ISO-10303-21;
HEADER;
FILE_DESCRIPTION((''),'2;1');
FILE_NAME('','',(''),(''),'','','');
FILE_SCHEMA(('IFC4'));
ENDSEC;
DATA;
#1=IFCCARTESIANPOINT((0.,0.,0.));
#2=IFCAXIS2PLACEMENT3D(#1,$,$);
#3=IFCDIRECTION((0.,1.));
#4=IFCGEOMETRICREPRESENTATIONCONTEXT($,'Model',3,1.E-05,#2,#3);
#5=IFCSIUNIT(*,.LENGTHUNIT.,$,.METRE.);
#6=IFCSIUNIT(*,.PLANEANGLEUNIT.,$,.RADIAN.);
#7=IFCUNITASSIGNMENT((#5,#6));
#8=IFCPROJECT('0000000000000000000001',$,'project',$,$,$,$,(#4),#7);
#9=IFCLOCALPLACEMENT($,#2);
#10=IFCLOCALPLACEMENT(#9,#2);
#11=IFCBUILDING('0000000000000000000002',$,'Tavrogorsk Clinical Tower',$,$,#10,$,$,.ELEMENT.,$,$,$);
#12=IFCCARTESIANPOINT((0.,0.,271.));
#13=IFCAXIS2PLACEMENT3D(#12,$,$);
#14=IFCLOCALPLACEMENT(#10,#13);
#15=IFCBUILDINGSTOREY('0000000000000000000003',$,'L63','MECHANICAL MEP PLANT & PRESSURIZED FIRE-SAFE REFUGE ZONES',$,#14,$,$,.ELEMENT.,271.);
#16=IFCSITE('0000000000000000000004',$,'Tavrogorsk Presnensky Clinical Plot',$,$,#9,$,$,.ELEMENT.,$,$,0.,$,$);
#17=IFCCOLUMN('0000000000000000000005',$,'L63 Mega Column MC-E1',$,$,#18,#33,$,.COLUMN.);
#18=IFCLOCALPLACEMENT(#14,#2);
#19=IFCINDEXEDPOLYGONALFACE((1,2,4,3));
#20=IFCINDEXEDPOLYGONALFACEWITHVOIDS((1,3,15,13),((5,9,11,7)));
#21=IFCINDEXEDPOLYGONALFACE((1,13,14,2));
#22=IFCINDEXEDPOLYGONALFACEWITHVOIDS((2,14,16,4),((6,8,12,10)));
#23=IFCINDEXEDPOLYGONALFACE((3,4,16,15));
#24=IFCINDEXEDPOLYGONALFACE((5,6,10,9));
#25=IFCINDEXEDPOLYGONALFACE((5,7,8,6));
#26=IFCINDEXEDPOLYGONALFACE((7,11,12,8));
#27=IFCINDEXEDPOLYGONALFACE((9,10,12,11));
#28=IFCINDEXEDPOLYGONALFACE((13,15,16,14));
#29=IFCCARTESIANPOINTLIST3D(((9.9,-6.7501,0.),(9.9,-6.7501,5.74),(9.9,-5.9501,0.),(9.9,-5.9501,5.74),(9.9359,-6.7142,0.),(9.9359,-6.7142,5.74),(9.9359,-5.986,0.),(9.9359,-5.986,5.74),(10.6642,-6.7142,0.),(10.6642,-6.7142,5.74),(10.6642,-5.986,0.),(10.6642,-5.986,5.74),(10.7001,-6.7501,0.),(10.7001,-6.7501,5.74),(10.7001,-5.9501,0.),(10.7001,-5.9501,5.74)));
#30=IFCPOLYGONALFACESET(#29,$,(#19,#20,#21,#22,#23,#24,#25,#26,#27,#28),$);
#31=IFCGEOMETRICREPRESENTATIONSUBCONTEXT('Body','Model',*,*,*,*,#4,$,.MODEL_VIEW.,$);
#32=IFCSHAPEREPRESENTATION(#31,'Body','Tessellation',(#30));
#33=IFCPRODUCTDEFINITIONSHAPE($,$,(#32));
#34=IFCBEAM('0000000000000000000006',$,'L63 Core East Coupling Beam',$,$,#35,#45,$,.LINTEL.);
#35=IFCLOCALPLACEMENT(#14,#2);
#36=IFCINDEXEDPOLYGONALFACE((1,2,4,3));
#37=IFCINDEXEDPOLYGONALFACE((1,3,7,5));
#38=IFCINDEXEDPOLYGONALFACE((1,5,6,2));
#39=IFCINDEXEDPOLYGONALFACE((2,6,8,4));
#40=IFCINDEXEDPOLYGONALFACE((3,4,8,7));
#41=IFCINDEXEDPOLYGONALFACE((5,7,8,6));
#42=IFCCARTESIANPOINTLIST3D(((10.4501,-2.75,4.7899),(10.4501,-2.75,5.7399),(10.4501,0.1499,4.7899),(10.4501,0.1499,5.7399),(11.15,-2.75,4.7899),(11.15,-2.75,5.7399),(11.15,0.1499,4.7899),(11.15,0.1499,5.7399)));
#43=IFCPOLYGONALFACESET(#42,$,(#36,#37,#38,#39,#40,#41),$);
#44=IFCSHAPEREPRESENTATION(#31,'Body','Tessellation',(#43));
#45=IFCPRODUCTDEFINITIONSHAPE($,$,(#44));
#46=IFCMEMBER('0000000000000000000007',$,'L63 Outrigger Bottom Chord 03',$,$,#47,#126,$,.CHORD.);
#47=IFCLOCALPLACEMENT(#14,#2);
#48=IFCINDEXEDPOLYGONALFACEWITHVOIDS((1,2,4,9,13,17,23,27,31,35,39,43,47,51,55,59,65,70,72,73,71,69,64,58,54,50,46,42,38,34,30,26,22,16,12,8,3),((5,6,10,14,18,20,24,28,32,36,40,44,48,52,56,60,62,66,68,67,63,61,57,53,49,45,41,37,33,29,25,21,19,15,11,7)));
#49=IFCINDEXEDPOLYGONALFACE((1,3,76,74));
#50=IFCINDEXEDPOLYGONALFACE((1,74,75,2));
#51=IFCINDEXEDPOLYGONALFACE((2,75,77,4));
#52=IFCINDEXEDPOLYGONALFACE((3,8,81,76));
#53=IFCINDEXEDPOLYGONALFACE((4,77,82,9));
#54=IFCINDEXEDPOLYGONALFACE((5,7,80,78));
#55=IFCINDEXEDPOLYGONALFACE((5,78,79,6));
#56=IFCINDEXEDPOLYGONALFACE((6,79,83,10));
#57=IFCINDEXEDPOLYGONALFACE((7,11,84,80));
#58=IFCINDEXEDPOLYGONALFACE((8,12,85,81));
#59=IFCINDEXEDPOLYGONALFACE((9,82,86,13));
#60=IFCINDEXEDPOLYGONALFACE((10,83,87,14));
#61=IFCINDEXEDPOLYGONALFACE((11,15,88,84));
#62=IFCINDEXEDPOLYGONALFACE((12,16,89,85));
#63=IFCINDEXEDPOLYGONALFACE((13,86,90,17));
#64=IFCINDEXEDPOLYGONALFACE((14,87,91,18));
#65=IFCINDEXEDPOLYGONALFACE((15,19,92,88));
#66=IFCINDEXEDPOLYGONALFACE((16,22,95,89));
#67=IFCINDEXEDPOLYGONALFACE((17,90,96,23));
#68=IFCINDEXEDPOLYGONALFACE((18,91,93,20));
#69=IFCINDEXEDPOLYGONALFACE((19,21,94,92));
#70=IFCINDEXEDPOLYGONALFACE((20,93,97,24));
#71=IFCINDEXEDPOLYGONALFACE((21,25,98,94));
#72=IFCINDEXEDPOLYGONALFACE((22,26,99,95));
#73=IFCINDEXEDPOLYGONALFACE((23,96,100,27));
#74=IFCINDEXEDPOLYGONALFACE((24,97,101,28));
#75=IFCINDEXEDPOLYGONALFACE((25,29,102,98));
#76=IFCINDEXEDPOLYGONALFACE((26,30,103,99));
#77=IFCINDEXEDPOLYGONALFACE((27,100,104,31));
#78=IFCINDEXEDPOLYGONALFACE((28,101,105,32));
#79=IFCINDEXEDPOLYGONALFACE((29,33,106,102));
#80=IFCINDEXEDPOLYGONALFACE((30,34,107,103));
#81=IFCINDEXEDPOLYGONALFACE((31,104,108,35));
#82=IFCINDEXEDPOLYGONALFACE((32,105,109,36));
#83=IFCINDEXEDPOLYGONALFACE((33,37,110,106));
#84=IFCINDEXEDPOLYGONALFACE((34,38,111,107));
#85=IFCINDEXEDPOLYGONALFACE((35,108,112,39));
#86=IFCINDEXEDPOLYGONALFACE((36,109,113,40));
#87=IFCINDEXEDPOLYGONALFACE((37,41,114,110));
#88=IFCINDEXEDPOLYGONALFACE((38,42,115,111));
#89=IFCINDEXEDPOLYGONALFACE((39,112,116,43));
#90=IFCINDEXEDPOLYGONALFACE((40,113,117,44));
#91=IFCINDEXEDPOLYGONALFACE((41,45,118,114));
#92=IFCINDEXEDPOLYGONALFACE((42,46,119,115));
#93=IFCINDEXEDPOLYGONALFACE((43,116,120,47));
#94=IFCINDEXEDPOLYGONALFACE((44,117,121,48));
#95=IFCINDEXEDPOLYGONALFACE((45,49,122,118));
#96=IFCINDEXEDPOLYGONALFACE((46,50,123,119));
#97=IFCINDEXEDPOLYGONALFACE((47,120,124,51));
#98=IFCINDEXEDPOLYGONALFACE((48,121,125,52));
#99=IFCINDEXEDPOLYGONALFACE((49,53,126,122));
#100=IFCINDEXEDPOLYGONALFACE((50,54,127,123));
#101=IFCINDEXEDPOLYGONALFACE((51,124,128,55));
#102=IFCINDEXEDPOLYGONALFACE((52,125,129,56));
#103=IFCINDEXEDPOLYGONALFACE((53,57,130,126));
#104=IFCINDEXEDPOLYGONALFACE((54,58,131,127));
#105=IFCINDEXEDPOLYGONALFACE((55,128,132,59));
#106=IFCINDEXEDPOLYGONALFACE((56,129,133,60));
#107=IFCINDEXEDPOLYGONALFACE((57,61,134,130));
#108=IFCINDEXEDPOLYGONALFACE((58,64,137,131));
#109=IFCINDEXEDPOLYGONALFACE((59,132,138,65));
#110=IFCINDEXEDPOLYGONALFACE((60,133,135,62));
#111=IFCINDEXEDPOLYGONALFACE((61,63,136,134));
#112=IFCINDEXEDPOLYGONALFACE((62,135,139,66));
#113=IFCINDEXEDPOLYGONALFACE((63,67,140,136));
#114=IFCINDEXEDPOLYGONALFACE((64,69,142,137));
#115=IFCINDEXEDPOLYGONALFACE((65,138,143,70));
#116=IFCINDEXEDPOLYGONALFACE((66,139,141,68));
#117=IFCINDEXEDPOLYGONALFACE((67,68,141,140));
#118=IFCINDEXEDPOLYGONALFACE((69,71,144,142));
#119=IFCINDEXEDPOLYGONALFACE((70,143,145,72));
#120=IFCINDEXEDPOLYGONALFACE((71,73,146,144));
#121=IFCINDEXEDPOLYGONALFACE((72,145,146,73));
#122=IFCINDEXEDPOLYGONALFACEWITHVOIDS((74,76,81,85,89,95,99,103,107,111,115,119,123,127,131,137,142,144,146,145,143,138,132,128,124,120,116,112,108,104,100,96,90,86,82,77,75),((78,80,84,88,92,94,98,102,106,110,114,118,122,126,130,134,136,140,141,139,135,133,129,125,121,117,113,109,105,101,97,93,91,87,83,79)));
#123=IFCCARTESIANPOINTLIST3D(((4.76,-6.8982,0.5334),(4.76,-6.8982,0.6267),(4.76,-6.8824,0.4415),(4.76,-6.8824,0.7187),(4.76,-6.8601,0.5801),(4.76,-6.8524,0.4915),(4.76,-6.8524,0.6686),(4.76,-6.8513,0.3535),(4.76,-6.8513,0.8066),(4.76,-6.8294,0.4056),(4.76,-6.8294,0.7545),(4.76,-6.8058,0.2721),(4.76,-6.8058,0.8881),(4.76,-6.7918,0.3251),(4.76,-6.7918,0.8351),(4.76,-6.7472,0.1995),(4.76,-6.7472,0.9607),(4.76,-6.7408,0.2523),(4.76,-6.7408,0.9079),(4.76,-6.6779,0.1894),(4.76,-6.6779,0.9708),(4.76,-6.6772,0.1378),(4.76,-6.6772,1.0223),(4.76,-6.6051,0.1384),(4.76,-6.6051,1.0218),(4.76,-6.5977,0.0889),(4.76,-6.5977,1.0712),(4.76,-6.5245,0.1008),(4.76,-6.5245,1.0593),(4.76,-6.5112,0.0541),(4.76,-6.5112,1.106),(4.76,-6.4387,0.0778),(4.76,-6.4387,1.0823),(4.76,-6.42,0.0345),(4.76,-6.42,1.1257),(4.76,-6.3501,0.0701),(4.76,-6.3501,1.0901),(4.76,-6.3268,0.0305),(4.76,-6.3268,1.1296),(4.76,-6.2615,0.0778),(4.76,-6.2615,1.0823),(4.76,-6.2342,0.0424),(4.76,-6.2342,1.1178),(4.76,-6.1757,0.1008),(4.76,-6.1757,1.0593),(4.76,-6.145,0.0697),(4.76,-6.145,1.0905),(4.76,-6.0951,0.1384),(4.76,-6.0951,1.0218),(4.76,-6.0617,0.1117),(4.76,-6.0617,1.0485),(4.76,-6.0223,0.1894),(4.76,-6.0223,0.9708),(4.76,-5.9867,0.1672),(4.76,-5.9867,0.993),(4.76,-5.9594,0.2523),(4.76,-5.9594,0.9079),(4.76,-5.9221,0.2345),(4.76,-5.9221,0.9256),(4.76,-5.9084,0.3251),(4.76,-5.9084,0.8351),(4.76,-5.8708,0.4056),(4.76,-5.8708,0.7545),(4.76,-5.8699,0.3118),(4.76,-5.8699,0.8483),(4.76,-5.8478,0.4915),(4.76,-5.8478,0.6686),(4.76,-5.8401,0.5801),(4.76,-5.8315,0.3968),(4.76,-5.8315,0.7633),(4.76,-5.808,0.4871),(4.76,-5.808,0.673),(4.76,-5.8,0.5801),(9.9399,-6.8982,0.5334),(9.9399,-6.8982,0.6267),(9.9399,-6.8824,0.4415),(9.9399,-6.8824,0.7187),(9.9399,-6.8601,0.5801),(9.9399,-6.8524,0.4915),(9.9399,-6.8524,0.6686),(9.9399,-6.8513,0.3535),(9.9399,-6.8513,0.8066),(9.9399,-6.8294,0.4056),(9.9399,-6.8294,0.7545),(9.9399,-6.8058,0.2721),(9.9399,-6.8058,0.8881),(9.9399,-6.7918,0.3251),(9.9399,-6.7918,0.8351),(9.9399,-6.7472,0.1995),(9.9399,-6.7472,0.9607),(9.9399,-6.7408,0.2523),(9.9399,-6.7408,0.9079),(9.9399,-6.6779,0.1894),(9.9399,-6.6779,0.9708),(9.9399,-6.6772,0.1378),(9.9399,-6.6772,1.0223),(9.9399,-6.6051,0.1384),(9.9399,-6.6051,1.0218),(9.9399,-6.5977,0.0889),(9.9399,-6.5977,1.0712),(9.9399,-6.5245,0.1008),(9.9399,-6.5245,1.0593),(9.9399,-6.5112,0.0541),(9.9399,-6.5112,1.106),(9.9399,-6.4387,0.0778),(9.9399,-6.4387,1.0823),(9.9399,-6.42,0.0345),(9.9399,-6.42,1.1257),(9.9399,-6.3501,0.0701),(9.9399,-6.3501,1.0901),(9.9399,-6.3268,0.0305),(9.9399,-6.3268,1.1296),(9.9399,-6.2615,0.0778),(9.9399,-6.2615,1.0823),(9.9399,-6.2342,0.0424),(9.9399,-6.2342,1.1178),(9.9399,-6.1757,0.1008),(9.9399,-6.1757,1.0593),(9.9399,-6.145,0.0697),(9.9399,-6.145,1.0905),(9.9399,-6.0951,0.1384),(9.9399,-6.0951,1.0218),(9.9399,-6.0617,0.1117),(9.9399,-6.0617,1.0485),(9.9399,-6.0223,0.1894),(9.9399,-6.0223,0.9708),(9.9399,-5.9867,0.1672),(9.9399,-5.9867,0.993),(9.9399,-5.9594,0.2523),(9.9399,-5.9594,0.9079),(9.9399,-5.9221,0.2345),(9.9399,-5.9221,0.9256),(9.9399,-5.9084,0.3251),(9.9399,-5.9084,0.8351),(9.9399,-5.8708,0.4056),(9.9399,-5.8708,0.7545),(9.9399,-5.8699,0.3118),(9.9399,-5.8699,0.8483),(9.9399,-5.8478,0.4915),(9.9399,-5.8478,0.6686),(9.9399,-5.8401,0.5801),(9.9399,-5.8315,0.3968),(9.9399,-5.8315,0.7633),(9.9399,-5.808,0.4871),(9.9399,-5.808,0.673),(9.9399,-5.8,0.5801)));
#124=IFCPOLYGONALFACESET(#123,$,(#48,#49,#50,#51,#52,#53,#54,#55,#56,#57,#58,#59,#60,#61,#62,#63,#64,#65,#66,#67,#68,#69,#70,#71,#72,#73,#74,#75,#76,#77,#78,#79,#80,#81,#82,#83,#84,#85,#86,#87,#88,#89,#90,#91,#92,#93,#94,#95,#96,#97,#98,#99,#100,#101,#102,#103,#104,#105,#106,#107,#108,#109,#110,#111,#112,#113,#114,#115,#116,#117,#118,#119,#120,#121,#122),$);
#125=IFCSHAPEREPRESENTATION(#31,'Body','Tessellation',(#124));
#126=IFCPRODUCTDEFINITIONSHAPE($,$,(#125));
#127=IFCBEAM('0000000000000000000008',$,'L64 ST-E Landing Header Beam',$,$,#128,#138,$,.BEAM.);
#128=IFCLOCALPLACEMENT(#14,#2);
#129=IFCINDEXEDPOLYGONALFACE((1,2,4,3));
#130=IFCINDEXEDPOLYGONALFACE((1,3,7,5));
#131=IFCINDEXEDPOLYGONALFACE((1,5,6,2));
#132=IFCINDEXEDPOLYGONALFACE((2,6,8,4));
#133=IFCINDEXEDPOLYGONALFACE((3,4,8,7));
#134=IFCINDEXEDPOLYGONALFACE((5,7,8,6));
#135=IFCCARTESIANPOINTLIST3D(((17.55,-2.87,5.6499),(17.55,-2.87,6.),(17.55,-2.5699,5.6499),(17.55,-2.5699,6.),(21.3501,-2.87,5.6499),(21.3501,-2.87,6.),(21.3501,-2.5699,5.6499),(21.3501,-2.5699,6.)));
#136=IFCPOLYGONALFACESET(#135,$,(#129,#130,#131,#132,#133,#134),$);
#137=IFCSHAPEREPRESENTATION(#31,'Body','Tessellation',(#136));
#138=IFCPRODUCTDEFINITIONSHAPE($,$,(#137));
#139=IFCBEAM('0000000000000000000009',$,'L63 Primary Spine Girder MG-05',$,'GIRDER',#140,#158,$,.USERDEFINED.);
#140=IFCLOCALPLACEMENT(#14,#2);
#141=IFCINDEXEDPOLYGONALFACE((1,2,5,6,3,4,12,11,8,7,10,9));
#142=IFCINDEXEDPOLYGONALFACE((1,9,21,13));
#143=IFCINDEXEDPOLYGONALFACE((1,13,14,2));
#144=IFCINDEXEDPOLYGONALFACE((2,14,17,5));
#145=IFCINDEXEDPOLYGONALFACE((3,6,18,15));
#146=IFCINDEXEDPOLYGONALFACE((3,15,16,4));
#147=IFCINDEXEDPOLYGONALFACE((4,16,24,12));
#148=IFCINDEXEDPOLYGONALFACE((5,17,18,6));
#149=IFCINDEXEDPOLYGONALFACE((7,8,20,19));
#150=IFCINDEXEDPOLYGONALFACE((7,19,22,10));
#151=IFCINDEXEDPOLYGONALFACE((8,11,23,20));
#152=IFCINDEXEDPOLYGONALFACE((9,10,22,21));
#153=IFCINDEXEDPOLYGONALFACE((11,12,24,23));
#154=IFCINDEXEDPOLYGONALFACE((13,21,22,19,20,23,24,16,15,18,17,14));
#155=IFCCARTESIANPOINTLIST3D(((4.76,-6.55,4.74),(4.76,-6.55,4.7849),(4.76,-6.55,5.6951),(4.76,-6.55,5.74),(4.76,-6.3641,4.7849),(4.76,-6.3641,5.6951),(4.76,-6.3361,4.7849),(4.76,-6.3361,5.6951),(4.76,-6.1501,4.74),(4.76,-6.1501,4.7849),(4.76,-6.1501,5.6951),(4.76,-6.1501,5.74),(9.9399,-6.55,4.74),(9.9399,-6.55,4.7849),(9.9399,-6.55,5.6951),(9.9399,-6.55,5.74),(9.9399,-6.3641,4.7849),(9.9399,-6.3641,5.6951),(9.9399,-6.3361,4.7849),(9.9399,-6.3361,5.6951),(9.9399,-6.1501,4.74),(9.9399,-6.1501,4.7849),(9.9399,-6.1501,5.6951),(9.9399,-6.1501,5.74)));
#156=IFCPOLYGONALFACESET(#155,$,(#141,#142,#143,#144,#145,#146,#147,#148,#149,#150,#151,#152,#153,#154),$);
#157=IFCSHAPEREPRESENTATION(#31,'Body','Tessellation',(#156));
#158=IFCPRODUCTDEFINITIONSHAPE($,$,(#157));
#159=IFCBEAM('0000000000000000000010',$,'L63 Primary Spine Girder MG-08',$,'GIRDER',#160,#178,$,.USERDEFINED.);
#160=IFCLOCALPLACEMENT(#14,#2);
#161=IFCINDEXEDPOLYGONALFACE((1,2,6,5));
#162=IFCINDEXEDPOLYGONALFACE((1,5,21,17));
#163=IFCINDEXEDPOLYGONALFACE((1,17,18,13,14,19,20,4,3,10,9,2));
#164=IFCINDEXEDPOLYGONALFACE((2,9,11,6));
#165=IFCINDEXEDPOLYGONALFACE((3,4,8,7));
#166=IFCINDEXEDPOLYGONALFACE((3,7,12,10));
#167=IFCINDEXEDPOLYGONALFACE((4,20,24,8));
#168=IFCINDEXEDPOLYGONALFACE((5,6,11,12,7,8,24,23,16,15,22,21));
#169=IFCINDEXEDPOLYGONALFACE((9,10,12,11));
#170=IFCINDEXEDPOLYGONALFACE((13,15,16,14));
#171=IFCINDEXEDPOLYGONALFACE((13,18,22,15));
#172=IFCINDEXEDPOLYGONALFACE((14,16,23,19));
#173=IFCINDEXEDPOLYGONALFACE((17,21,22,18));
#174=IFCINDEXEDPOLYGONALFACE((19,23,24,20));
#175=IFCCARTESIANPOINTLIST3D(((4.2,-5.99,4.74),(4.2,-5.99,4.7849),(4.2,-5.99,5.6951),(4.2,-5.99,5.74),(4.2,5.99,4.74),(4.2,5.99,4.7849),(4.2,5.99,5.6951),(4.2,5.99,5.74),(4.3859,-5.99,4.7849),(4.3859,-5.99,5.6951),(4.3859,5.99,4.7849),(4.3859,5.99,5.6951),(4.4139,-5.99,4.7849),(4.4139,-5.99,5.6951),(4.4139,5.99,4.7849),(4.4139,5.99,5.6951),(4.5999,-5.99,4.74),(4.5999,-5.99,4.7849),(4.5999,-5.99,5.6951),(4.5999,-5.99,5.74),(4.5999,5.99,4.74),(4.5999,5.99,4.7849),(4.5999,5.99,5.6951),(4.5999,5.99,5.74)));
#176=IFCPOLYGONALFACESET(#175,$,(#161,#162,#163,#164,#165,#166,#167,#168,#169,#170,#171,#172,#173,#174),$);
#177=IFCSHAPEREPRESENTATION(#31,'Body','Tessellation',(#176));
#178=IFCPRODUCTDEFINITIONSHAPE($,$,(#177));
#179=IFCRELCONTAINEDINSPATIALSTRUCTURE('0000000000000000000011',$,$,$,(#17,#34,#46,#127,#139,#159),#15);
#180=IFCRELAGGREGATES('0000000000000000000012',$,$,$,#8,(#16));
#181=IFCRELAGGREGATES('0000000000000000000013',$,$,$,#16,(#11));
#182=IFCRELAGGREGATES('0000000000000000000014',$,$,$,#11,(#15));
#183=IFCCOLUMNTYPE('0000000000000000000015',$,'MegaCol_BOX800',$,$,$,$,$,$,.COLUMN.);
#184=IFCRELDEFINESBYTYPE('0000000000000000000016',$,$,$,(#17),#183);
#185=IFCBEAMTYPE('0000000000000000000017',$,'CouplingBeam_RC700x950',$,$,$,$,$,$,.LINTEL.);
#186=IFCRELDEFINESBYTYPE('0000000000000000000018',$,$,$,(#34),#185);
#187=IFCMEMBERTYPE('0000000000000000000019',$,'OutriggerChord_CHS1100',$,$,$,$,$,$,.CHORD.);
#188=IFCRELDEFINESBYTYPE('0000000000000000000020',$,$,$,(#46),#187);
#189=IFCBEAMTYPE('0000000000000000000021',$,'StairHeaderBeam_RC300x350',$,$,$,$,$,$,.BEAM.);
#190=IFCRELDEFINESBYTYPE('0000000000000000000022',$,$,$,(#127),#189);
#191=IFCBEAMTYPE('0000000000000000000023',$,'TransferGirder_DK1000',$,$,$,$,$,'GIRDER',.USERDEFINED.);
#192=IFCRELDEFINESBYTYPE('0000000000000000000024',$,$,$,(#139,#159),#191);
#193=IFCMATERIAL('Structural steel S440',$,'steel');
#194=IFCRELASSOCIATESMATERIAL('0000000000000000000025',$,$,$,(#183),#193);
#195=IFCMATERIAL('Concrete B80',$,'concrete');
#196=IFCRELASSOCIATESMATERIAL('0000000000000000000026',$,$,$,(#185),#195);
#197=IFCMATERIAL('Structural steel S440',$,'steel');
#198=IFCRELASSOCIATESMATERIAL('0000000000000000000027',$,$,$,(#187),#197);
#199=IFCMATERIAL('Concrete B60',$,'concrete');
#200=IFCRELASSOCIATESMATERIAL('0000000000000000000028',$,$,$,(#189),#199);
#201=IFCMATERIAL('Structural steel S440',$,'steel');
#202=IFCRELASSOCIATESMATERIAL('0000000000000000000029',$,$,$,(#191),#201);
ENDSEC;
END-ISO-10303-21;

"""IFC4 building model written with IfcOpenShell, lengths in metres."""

from ifc_helpers import new_model, si_unit, direction, frame, origin, origin_2d, place, context, subcontext, project, spatial, rectangle, hollow_rectangle, hollow_circle, i_section, extrude, material, material_profile, profile_set, type_object, element, save


model = new_model("IFC4")

# Units and contexts
model_context = context("Model", 3, precision=1e-05, world=origin(), true_north=direction((0.0, 1.0)))
body_context = subcontext(model_context, "Body", "Model", "MODEL_VIEW")
ifc_project = project(units=[si_unit("LENGTHUNIT", "METRE"), si_unit("PLANEANGLEUNIT", "RADIAN")], contexts=[model_context])

# Site, building, storey
site_placement = place(None, origin())
site = spatial("IfcSite", under=ifc_project, at=site_placement, Name="Tavrogorsk Presnensky Clinical Plot", CompositionType="ELEMENT", RefElevation=0.0)
building_placement = place(site_placement, origin())
building = spatial("IfcBuilding", under=site, at=building_placement, Name="Tavrogorsk Clinical Tower", CompositionType="ELEMENT")
storey_placement = place(building_placement, frame((0.0, 0.0, 271.0)))
storey = spatial("IfcBuildingStorey", under=building, at=storey_placement, Name="L63", Description="MECHANICAL MEP PLANT & PRESSURIZED FIRE-SAFE REFUGE ZONES", CompositionType="ELEMENT", Elevation=271.0)

# Column
ifc_material_1 = material(Name="Structural steel S440", Category="steel")
ifc_material_profile_1 = material_profile(ifc_material_1, hollow_rectangle(XDim=0.8, YDim=0.8, WallThickness=0.0359, at=origin_2d()), Name="BOX-800x800x36")
ifc_profile_set_1 = profile_set([ifc_material_profile_1], Name="Structural steel S440")
column_type = type_object("IfcColumnType", Name="MegaCol_BOX800", PredefinedType="COLUMN", material=ifc_profile_set_1)
column_placement = place(storey_placement, frame((10.3, -6.3501, 0.0), z_axis=(0.0, 0.0, 1.0), x_axis=(1.0, 0.0, 0.0)))
element("IfcColumn", 1, at=column_placement, inside=storey, type_object=column_type, Name="L63 Mega Column MC-E1", PredefinedType="COLUMN", context=body_context, shape_type="SweptSolid", body=[
    extrude(hollow_rectangle(XDim=0.8, YDim=0.8, WallThickness=0.0359, at=origin_2d()), origin(), (0.0, 0.0, 1.0), 5.74),
])

# Beam
ifc_material_2 = material(Name="Concrete B80", Category="concrete")
ifc_material_profile_2 = material_profile(ifc_material_2, rectangle(XDim=0.7, YDim=0.95, at=origin_2d()), Name="RC-CB-700x950")
ifc_profile_set_2 = profile_set([ifc_material_profile_2], Name="Concrete B80")
beam_type_1 = type_object("IfcBeamType", Name="CouplingBeam_RC700x950", PredefinedType="LINTEL", material=ifc_profile_set_2)
beam_1_placement = place(storey_placement, frame((10.8, -2.75, 5.2649), z_axis=(0.0, 1.0, 0.0), x_axis=(-1.0, 0.0, 0.0)))
element("IfcBeam", 2, at=beam_1_placement, inside=storey, type_object=beam_type_1, Name="L63 Core East Coupling Beam", PredefinedType="LINTEL", context=body_context, shape_type="SweptSolid", body=[
    extrude(rectangle(XDim=0.7, YDim=0.95, at=origin_2d()), origin(), (0.0, 0.0, 1.0), 2.8999),
])

# Member
ifc_material_3 = material(Name="Structural steel S440", Category="steel")
ifc_material_profile_3 = material_profile(ifc_material_3, hollow_circle(Radius=0.55, WallThickness=0.04, at=origin_2d()), Name="CHS-1100x40")
ifc_profile_set_3 = profile_set([ifc_material_profile_3], Name="Structural steel S440")
member_type = type_object("IfcMemberType", Name="OutriggerChord_CHS1100", PredefinedType="CHORD", material=ifc_profile_set_3)
member_placement = place(storey_placement, frame((4.76, -6.3501, 0.5801), z_axis=(1.0, 0.0, 0.0), x_axis=(0.0, 1.0, 0.0)))
element("IfcMember", 3, at=member_placement, inside=storey, type_object=member_type, Name="L63 Outrigger Bottom Chord 03", PredefinedType="CHORD", context=body_context, shape_type="SweptSolid", body=[
    extrude(hollow_circle(Radius=0.55, WallThickness=0.04, at=origin_2d()), origin(), (0.0, 0.0, 1.0), 5.1799),
])

# Beams
ifc_material_4 = material(Name="Concrete B60", Category="concrete")
ifc_material_profile_4 = material_profile(ifc_material_4, rectangle(XDim=0.3, YDim=0.3501, at=origin_2d()), Name="RC-SHB-300x350")
ifc_profile_set_4 = profile_set([ifc_material_profile_4], Name="Concrete B60")
beam_type_2 = type_object("IfcBeamType", Name="StairHeaderBeam_RC300x350", PredefinedType="BEAM", material=ifc_profile_set_4)
beam_2_placement = place(storey_placement, frame((17.55, -2.72, 5.825), z_axis=(1.0, 0.0, 0.0), x_axis=(0.0, 1.0, 0.0)))
element("IfcBeam", 4, at=beam_2_placement, inside=storey, type_object=beam_type_2, Name="L64 ST-E Landing Header Beam", PredefinedType="BEAM", context=body_context, shape_type="SweptSolid", body=[
    extrude(rectangle(XDim=0.3, YDim=0.3501, at=origin_2d()), origin(), (0.0, 0.0, 1.0), 3.8),
])
ifc_material_5 = material(Name="Structural steel S440", Category="steel")
ifc_material_profile_5 = material_profile(ifc_material_5, i_section(OverallWidth=0.3999, OverallDepth=1.0, WebThickness=0.0281, FlangeThickness=0.0449, at=origin_2d()), Name="DK-1000x400x28x45")
ifc_profile_set_5 = profile_set([ifc_material_profile_5], Name="Structural steel S440")
beam_type_3 = type_object("IfcBeamType", Name="TransferGirder_DK1000", ElementType="GIRDER", PredefinedType="USERDEFINED", material=ifc_profile_set_5)
beam_3_placement = place(storey_placement, frame((4.76, -6.3501, 5.24), z_axis=(1.0, 0.0, 0.0), x_axis=(0.0, 1.0, 0.0)))
element("IfcBeam", 5, at=beam_3_placement, inside=storey, type_object=beam_type_3, Name="L63 Primary Spine Girder MG-05", ObjectType="GIRDER", PredefinedType="USERDEFINED", context=body_context, shape_type="SweptSolid", body=[
    extrude(i_section(OverallWidth=0.3999, OverallDepth=1.0, WebThickness=0.0281, FlangeThickness=0.0449, at=origin_2d()), origin(), (0.0, 0.0, 1.0), 5.1799),
])
beam_4_placement = place(storey_placement, frame((4.3999, -5.99, 5.24), z_axis=(0.0, 1.0, 0.0), x_axis=(-1.0, 0.0, 0.0)))
element("IfcBeam", 6, at=beam_4_placement, inside=storey, type_object=beam_type_3, Name="L63 Primary Spine Girder MG-08", ObjectType="GIRDER", PredefinedType="USERDEFINED", context=body_context, shape_type="SweptSolid", body=[
    extrude(i_section(OverallWidth=0.3999, OverallDepth=1.0, WebThickness=0.0281, FlangeThickness=0.0449, at=origin_2d()), origin(), (0.0, 0.0, 1.0), 11.98),
])

save(model, "model.ifc")
